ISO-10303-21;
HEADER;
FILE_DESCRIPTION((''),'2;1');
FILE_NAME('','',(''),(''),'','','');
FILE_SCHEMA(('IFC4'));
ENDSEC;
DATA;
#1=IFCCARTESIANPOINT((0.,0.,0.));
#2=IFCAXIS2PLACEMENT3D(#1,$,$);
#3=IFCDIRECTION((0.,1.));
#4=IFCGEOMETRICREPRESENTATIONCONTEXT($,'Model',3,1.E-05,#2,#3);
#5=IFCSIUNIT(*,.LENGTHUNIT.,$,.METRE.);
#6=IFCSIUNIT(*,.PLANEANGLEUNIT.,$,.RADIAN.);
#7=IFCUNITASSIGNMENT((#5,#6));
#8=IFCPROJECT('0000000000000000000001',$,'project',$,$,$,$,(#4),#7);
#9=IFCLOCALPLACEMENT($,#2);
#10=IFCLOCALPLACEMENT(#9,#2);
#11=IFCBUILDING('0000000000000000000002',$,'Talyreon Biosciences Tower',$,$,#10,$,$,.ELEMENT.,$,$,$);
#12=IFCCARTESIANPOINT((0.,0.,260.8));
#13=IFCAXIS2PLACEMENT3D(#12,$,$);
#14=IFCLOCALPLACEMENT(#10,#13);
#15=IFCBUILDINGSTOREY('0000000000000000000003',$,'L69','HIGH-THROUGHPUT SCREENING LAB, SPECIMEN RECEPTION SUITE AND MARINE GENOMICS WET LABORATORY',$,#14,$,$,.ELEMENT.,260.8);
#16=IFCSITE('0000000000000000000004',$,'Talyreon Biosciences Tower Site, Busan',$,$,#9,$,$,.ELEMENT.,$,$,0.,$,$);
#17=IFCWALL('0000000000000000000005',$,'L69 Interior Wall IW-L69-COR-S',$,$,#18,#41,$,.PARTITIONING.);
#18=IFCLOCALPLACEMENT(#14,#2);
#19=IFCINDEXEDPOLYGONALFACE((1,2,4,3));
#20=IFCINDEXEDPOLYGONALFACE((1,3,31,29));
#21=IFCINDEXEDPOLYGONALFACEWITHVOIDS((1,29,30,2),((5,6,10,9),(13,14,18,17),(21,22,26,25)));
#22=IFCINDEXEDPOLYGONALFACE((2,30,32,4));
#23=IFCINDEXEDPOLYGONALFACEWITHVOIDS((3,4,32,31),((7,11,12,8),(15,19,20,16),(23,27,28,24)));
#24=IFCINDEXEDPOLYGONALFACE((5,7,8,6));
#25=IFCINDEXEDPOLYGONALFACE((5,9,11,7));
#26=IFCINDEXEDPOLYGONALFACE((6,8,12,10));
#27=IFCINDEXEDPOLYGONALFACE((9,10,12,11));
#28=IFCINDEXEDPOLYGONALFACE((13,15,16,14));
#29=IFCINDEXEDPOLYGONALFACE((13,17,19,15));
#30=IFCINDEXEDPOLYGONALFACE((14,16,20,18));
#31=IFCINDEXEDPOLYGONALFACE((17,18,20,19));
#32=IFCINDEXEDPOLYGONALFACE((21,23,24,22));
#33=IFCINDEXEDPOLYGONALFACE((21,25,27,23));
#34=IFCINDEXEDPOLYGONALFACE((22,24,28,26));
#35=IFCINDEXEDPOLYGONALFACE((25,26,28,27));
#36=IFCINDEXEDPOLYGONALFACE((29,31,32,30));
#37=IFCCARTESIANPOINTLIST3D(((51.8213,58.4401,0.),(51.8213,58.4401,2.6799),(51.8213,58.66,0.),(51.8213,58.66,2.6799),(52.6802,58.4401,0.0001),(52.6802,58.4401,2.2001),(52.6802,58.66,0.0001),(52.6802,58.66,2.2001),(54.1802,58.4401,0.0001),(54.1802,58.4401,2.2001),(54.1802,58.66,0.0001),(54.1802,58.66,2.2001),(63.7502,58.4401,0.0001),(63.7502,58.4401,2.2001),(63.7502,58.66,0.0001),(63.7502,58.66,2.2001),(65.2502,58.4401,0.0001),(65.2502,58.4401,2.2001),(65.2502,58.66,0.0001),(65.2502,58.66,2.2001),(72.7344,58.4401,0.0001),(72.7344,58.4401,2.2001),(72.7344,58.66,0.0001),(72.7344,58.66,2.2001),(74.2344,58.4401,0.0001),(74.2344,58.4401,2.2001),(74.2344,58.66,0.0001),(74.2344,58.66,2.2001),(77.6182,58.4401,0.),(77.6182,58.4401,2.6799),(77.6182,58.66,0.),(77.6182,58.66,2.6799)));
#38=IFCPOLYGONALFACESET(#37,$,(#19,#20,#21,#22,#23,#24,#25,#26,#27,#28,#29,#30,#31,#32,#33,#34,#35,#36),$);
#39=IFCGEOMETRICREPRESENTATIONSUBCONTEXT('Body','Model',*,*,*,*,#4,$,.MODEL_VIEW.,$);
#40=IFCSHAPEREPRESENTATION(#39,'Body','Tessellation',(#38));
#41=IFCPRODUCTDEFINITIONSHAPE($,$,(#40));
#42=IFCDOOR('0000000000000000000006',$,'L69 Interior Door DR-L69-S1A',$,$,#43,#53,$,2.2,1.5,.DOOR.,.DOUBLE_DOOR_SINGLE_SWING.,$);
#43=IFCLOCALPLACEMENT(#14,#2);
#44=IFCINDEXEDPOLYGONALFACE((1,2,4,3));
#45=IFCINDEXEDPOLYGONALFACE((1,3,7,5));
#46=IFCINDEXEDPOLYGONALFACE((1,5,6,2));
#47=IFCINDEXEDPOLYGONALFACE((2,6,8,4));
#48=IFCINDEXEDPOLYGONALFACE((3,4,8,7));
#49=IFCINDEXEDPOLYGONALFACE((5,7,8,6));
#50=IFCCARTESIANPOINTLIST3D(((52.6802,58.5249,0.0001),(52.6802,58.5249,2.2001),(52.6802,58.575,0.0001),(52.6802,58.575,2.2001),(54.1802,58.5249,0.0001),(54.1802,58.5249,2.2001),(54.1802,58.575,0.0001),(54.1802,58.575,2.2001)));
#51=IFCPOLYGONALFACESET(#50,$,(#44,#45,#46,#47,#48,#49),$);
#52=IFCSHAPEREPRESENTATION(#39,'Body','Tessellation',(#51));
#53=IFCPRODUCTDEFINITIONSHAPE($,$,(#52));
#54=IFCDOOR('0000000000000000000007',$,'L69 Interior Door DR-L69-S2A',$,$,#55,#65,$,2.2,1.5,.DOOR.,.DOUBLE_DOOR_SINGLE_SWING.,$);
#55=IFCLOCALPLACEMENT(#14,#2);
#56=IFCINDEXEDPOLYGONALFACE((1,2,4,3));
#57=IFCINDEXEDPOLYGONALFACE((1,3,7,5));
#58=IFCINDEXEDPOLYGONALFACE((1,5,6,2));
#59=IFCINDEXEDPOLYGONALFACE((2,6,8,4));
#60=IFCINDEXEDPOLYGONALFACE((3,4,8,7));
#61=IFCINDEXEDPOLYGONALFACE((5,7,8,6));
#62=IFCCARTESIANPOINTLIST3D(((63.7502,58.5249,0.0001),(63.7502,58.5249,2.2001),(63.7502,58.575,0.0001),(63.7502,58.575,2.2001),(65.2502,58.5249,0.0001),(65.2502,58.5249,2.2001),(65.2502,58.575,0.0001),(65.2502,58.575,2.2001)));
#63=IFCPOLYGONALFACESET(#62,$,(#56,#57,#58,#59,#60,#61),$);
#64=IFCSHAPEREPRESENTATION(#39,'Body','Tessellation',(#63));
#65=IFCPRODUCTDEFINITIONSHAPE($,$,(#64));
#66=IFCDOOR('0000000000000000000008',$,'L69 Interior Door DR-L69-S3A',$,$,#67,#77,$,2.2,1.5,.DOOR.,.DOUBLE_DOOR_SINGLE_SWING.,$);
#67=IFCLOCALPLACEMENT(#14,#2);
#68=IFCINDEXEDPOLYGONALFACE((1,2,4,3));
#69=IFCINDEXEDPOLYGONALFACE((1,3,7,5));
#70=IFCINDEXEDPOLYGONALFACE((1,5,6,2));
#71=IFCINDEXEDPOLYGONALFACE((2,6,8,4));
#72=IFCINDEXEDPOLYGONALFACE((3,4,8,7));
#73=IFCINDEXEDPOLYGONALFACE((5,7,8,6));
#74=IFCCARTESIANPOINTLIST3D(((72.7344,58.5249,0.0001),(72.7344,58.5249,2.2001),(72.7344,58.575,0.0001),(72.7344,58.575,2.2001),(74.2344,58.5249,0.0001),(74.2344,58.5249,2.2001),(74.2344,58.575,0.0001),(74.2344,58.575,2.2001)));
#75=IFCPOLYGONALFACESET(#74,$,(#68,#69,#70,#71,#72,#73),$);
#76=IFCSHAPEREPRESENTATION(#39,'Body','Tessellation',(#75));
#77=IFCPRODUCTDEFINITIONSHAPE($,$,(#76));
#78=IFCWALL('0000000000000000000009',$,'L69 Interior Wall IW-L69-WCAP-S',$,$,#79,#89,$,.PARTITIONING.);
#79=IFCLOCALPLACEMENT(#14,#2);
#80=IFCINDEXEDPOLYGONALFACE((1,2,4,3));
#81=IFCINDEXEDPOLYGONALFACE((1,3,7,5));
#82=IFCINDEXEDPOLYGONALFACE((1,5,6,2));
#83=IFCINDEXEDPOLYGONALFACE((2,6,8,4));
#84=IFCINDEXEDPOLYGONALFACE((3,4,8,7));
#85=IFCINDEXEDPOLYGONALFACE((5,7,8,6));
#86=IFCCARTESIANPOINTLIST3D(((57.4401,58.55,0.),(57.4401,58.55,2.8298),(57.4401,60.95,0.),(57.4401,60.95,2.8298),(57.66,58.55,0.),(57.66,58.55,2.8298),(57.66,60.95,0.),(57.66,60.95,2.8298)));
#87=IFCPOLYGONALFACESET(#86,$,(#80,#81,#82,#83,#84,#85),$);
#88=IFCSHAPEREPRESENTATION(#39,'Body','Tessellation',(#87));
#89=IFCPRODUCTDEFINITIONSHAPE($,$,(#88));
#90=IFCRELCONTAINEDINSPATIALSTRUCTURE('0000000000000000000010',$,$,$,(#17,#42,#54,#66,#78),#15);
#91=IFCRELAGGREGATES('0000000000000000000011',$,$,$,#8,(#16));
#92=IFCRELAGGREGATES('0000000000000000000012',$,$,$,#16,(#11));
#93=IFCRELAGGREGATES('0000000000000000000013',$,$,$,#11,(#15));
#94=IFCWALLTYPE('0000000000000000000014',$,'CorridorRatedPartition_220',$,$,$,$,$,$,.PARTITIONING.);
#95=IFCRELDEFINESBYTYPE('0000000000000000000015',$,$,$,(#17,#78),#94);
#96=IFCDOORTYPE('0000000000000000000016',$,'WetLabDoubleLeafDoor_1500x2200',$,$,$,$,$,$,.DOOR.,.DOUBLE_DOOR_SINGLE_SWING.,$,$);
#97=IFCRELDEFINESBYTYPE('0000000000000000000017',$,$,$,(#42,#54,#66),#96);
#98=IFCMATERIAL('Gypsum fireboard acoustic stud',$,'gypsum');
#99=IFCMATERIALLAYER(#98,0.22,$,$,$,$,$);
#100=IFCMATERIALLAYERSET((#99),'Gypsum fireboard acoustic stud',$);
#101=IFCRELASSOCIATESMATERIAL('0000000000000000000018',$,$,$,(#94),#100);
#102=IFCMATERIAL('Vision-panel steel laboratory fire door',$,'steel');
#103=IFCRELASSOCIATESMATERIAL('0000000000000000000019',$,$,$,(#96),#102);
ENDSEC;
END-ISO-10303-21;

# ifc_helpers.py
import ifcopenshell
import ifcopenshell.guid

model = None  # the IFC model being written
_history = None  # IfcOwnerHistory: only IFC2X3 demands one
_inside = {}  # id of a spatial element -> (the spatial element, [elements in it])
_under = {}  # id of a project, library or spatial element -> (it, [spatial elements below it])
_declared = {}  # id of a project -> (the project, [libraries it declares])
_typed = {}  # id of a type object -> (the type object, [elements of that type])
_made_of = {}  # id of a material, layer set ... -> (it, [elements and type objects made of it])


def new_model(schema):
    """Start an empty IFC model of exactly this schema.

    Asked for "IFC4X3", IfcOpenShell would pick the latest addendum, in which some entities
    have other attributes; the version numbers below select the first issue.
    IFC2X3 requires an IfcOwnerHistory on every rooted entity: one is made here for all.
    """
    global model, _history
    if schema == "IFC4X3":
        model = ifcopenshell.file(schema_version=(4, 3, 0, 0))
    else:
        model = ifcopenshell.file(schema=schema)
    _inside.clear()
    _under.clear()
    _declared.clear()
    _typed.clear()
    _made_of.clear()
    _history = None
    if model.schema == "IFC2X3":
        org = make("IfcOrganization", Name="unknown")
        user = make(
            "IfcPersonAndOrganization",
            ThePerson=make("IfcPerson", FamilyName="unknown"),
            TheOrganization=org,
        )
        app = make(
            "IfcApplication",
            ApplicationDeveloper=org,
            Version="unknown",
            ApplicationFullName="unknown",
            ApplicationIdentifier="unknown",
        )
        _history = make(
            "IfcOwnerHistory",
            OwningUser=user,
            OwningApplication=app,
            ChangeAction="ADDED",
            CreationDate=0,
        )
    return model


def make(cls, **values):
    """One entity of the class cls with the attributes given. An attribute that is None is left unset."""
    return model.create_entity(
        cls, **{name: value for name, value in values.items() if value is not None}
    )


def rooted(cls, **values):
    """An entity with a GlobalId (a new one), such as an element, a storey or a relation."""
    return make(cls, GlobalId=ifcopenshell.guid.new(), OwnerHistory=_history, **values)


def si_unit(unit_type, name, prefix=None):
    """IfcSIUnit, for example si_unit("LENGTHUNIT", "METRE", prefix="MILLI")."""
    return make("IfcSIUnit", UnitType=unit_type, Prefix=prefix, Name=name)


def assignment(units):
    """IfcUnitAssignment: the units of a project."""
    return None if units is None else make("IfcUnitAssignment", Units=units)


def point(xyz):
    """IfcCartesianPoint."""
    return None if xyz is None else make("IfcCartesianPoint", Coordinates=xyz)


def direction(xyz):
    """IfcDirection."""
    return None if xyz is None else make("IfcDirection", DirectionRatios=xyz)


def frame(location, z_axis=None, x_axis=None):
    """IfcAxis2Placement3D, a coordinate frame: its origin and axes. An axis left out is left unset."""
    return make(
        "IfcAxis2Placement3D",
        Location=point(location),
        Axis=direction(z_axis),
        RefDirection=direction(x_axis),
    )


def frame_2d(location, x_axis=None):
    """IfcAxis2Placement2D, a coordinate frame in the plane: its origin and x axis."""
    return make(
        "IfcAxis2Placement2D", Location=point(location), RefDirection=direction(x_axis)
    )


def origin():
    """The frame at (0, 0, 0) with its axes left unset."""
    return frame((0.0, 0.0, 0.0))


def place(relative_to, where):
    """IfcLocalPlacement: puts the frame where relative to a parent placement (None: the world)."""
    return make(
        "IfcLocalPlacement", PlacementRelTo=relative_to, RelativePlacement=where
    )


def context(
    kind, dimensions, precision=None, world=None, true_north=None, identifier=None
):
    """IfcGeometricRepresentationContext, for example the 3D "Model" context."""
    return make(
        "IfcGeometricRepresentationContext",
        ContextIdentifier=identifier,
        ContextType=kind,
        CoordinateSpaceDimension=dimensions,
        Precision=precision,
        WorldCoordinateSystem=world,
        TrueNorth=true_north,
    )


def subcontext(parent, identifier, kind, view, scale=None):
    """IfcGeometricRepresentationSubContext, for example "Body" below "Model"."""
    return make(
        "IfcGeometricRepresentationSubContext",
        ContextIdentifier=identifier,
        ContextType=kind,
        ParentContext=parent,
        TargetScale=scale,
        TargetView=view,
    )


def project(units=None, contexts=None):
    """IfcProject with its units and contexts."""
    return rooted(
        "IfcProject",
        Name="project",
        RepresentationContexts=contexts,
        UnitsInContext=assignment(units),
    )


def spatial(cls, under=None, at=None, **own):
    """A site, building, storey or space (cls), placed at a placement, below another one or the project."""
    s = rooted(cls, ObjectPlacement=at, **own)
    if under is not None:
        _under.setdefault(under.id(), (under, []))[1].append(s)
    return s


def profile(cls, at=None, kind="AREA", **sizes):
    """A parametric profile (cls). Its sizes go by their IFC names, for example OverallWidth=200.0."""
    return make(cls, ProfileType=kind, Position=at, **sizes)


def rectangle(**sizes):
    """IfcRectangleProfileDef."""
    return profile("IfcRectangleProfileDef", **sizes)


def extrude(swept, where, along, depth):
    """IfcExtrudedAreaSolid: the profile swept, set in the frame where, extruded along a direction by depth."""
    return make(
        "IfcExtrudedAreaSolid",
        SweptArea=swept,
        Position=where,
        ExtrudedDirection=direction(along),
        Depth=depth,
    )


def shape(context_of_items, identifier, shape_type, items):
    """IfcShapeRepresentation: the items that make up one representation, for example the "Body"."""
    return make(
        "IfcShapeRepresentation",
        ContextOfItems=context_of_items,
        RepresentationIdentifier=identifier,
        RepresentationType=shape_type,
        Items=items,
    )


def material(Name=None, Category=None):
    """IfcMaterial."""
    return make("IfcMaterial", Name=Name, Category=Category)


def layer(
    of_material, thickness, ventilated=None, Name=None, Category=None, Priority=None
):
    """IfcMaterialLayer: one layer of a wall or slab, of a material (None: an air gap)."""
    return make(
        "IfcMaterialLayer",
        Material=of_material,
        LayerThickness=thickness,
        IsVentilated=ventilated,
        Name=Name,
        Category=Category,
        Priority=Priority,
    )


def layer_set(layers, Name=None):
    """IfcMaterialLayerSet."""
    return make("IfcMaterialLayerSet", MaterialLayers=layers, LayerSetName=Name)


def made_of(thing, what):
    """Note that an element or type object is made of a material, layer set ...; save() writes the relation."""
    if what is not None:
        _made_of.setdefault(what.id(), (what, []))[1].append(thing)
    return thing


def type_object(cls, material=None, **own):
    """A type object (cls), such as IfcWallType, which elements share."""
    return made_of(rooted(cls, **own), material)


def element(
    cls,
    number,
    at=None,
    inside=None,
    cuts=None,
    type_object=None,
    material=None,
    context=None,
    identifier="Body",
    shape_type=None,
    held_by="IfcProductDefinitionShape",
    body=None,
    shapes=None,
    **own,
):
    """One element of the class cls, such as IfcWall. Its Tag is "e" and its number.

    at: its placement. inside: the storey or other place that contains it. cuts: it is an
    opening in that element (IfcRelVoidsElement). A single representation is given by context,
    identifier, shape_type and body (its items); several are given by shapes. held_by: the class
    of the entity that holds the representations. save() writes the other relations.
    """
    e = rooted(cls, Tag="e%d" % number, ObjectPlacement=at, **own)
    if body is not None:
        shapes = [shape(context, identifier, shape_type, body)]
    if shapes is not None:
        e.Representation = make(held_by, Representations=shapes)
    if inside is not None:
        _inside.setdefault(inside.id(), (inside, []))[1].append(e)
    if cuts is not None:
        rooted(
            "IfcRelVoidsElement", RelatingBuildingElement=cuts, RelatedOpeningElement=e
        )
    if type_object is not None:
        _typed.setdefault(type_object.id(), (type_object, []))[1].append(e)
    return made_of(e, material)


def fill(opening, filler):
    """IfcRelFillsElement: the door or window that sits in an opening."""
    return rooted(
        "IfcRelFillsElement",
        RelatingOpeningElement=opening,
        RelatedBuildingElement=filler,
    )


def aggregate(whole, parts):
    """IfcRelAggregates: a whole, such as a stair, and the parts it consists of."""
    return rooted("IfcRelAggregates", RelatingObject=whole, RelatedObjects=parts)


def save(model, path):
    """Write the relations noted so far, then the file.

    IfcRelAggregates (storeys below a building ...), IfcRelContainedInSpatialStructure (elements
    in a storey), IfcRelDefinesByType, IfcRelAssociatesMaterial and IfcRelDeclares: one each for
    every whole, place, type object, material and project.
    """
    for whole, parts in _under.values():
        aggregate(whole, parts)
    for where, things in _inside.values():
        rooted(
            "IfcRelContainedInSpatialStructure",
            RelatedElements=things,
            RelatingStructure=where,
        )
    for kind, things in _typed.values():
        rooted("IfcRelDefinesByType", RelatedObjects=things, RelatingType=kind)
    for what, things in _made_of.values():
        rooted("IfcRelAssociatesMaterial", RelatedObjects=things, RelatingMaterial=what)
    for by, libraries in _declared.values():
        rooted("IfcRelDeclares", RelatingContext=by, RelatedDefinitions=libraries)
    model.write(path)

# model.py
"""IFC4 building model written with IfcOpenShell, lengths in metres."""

from ifc_helpers import new_model, si_unit, direction, frame, frame_2d, origin, place, context, subcontext, project, spatial, rectangle, extrude, material, layer, layer_set, type_object, element, fill, save


model = new_model("IFC4")

# Units and contexts
model_context = context("Model", 3, precision=1e-05, world=origin(), true_north=direction((0.0, 1.0)))
body_context = subcontext(model_context, "Body", "Model", "MODEL_VIEW")
ifc_project = project(units=[si_unit("LENGTHUNIT", "METRE"), si_unit("PLANEANGLEUNIT", "RADIAN")], contexts=[model_context])

# Site, building, storey
site_placement = place(None, origin())
site = spatial("IfcSite", under=ifc_project, at=site_placement, Name="Talyreon Biosciences Tower Site, Busan", CompositionType="ELEMENT", RefElevation=0.0)
building_placement = place(site_placement, origin())
building = spatial("IfcBuilding", under=site, at=building_placement, Name="Talyreon Biosciences Tower", CompositionType="ELEMENT")
storey_placement = place(building_placement, frame((0.0, 0.0, 260.8)))
storey = spatial("IfcBuildingStorey", under=building, at=storey_placement, Name="L69", Description="HIGH-THROUGHPUT SCREENING LAB, SPECIMEN RECEPTION SUITE AND MARINE GENOMICS WET LABORATORY", CompositionType="ELEMENT", Elevation=260.8)

# Wall, openings, doors
ifc_material_1 = material(Name="Gypsum fireboard acoustic stud", Category="gypsum")
ifc_layer_1 = layer(ifc_material_1, 0.22)
ifc_layer_set_1 = layer_set([ifc_layer_1], Name="Gypsum fireboard acoustic stud")
wall_type_1 = type_object("IfcWallType", Name="CorridorRatedPartition_220", PredefinedType="PARTITIONING", material=ifc_layer_set_1)
wall_1_placement = place(storey_placement, frame((51.8213, 58.55, 0.0), z_axis=(0.0, 0.0, 1.0), x_axis=(1.0, 0.0, 0.0)))
wall_1 = element("IfcWall", 1, at=wall_1_placement, inside=storey, type_object=wall_type_1, Name="L69 Interior Wall IW-L69-COR-S", PredefinedType="PARTITIONING", context=body_context, shape_type="SweptSolid", body=[
    extrude(rectangle(XDim=25.7969, YDim=0.22, at=frame_2d((12.8984, 0.0))), origin(), (0.0, 0.0, 1.0), 2.6799),
])
opening_1_placement = place(wall_1_placement, frame((0.8589, 0.0, 0.0)))
opening_1 = element("IfcOpeningElement", 2, at=opening_1_placement, cuts=wall_1, PredefinedType="OPENING", context=body_context, shape_type="SweptSolid", body=[
    extrude(rectangle(XDim=1.5, YDim=2.2, at=frame_2d((0.75, 1.1001))), frame((0.0, 0.1199, 0.0), z_axis=(0.0, -1.0, 0.0), x_axis=(1.0, 0.0, 0.0)), (0.0, 0.0, 1.0), 0.24),
])
opening_2_placement = place(wall_1_placement, frame((11.929, 0.0, 0.0)))
opening_2 = element("IfcOpeningElement", 3, at=opening_2_placement, cuts=wall_1, PredefinedType="OPENING", context=body_context, shape_type="SweptSolid", body=[
    extrude(rectangle(XDim=1.5, YDim=2.2, at=frame_2d((0.75, 1.1001))), frame((0.0, 0.1199, 0.0), z_axis=(0.0, -1.0, 0.0), x_axis=(1.0, 0.0, 0.0)), (0.0, 0.0, 1.0), 0.24),
])
opening_3_placement = place(wall_1_placement, frame((20.9131, 0.0, 0.0)))
opening_3 = element("IfcOpeningElement", 4, at=opening_3_placement, cuts=wall_1, PredefinedType="OPENING", context=body_context, shape_type="SweptSolid", body=[
    extrude(rectangle(XDim=1.5, YDim=2.2, at=frame_2d((0.75, 1.1001))), frame((0.0, 0.1199, 0.0), z_axis=(0.0, -1.0, 0.0), x_axis=(1.0, 0.0, 0.0)), (0.0, 0.0, 1.0), 0.24),
])
ifc_material_2 = material(Name="Vision-panel steel laboratory fire door", Category="steel")
door_type_1 = type_object("IfcDoorType", Name="WetLabDoubleLeafDoor_1500x2200", OperationType="DOUBLE_DOOR_SINGLE_SWING", PredefinedType="DOOR", material=ifc_material_2)
door_1_placement = place(opening_1_placement, origin())
door_1 = element("IfcDoor", 5, at=door_1_placement, inside=storey, type_object=door_type_1, Name="L69 Interior Door DR-L69-S1A", OperationType="DOUBLE_DOOR_SINGLE_SWING", OverallHeight=2.2, OverallWidth=1.5, PredefinedType="DOOR", context=body_context, shape_type="SweptSolid", body=[
    extrude(rectangle(XDim=1.5, YDim=2.2, at=frame_2d((0.75, 1.1001))), frame((0.0, 0.0249, 0.0), z_axis=(0.0, -1.0, 0.0), x_axis=(1.0, 0.0, 0.0)), (0.0, 0.0, 1.0), 0.05),
])
fill(opening_1, door_1)
door_2_placement = place(opening_2_placement, origin())
door_2 = element("IfcDoor", 6, at=door_2_placement, inside=storey, type_object=door_type_1, Name="L69 Interior Door DR-L69-S2A", OperationType="DOUBLE_DOOR_SINGLE_SWING", OverallHeight=2.2, OverallWidth=1.5, PredefinedType="DOOR", context=body_context, shape_type="SweptSolid", body=[
    extrude(rectangle(XDim=1.5, YDim=2.2, at=frame_2d((0.75, 1.1001))), frame((0.0, 0.0249, 0.0), z_axis=(0.0, -1.0, 0.0), x_axis=(1.0, 0.0, 0.0)), (0.0, 0.0, 1.0), 0.05),
])
fill(opening_2, door_2)
door_3_placement = place(opening_3_placement, origin())
door_3 = element("IfcDoor", 7, at=door_3_placement, inside=storey, type_object=door_type_1, Name="L69 Interior Door DR-L69-S3A", OperationType="DOUBLE_DOOR_SINGLE_SWING", OverallHeight=2.2, OverallWidth=1.5, PredefinedType="DOOR", context=body_context, shape_type="SweptSolid", body=[
    extrude(rectangle(XDim=1.5, YDim=2.2, at=frame_2d((0.75, 1.1001))), frame((0.0, 0.0249, 0.0), z_axis=(0.0, -1.0, 0.0), x_axis=(1.0, 0.0, 0.0)), (0.0, 0.0, 1.0), 0.05),
])
fill(opening_3, door_3)

# Wall
wall_2_placement = place(storey_placement, frame((57.55, 58.55, 0.0), z_axis=(0.0, 0.0, 1.0), x_axis=(0.0, 1.0, 0.0)))
element("IfcWall", 8, at=wall_2_placement, inside=storey, type_object=wall_type_1, Name="L69 Interior Wall IW-L69-WCAP-S", PredefinedType="PARTITIONING", context=body_context, shape_type="SweptSolid", body=[
    extrude(rectangle(XDim=2.3999, YDim=0.22, at=frame_2d((1.2, 0.0))), origin(), (0.0, 0.0, 1.0), 2.8298),
])

save(model, "model.ifc")
